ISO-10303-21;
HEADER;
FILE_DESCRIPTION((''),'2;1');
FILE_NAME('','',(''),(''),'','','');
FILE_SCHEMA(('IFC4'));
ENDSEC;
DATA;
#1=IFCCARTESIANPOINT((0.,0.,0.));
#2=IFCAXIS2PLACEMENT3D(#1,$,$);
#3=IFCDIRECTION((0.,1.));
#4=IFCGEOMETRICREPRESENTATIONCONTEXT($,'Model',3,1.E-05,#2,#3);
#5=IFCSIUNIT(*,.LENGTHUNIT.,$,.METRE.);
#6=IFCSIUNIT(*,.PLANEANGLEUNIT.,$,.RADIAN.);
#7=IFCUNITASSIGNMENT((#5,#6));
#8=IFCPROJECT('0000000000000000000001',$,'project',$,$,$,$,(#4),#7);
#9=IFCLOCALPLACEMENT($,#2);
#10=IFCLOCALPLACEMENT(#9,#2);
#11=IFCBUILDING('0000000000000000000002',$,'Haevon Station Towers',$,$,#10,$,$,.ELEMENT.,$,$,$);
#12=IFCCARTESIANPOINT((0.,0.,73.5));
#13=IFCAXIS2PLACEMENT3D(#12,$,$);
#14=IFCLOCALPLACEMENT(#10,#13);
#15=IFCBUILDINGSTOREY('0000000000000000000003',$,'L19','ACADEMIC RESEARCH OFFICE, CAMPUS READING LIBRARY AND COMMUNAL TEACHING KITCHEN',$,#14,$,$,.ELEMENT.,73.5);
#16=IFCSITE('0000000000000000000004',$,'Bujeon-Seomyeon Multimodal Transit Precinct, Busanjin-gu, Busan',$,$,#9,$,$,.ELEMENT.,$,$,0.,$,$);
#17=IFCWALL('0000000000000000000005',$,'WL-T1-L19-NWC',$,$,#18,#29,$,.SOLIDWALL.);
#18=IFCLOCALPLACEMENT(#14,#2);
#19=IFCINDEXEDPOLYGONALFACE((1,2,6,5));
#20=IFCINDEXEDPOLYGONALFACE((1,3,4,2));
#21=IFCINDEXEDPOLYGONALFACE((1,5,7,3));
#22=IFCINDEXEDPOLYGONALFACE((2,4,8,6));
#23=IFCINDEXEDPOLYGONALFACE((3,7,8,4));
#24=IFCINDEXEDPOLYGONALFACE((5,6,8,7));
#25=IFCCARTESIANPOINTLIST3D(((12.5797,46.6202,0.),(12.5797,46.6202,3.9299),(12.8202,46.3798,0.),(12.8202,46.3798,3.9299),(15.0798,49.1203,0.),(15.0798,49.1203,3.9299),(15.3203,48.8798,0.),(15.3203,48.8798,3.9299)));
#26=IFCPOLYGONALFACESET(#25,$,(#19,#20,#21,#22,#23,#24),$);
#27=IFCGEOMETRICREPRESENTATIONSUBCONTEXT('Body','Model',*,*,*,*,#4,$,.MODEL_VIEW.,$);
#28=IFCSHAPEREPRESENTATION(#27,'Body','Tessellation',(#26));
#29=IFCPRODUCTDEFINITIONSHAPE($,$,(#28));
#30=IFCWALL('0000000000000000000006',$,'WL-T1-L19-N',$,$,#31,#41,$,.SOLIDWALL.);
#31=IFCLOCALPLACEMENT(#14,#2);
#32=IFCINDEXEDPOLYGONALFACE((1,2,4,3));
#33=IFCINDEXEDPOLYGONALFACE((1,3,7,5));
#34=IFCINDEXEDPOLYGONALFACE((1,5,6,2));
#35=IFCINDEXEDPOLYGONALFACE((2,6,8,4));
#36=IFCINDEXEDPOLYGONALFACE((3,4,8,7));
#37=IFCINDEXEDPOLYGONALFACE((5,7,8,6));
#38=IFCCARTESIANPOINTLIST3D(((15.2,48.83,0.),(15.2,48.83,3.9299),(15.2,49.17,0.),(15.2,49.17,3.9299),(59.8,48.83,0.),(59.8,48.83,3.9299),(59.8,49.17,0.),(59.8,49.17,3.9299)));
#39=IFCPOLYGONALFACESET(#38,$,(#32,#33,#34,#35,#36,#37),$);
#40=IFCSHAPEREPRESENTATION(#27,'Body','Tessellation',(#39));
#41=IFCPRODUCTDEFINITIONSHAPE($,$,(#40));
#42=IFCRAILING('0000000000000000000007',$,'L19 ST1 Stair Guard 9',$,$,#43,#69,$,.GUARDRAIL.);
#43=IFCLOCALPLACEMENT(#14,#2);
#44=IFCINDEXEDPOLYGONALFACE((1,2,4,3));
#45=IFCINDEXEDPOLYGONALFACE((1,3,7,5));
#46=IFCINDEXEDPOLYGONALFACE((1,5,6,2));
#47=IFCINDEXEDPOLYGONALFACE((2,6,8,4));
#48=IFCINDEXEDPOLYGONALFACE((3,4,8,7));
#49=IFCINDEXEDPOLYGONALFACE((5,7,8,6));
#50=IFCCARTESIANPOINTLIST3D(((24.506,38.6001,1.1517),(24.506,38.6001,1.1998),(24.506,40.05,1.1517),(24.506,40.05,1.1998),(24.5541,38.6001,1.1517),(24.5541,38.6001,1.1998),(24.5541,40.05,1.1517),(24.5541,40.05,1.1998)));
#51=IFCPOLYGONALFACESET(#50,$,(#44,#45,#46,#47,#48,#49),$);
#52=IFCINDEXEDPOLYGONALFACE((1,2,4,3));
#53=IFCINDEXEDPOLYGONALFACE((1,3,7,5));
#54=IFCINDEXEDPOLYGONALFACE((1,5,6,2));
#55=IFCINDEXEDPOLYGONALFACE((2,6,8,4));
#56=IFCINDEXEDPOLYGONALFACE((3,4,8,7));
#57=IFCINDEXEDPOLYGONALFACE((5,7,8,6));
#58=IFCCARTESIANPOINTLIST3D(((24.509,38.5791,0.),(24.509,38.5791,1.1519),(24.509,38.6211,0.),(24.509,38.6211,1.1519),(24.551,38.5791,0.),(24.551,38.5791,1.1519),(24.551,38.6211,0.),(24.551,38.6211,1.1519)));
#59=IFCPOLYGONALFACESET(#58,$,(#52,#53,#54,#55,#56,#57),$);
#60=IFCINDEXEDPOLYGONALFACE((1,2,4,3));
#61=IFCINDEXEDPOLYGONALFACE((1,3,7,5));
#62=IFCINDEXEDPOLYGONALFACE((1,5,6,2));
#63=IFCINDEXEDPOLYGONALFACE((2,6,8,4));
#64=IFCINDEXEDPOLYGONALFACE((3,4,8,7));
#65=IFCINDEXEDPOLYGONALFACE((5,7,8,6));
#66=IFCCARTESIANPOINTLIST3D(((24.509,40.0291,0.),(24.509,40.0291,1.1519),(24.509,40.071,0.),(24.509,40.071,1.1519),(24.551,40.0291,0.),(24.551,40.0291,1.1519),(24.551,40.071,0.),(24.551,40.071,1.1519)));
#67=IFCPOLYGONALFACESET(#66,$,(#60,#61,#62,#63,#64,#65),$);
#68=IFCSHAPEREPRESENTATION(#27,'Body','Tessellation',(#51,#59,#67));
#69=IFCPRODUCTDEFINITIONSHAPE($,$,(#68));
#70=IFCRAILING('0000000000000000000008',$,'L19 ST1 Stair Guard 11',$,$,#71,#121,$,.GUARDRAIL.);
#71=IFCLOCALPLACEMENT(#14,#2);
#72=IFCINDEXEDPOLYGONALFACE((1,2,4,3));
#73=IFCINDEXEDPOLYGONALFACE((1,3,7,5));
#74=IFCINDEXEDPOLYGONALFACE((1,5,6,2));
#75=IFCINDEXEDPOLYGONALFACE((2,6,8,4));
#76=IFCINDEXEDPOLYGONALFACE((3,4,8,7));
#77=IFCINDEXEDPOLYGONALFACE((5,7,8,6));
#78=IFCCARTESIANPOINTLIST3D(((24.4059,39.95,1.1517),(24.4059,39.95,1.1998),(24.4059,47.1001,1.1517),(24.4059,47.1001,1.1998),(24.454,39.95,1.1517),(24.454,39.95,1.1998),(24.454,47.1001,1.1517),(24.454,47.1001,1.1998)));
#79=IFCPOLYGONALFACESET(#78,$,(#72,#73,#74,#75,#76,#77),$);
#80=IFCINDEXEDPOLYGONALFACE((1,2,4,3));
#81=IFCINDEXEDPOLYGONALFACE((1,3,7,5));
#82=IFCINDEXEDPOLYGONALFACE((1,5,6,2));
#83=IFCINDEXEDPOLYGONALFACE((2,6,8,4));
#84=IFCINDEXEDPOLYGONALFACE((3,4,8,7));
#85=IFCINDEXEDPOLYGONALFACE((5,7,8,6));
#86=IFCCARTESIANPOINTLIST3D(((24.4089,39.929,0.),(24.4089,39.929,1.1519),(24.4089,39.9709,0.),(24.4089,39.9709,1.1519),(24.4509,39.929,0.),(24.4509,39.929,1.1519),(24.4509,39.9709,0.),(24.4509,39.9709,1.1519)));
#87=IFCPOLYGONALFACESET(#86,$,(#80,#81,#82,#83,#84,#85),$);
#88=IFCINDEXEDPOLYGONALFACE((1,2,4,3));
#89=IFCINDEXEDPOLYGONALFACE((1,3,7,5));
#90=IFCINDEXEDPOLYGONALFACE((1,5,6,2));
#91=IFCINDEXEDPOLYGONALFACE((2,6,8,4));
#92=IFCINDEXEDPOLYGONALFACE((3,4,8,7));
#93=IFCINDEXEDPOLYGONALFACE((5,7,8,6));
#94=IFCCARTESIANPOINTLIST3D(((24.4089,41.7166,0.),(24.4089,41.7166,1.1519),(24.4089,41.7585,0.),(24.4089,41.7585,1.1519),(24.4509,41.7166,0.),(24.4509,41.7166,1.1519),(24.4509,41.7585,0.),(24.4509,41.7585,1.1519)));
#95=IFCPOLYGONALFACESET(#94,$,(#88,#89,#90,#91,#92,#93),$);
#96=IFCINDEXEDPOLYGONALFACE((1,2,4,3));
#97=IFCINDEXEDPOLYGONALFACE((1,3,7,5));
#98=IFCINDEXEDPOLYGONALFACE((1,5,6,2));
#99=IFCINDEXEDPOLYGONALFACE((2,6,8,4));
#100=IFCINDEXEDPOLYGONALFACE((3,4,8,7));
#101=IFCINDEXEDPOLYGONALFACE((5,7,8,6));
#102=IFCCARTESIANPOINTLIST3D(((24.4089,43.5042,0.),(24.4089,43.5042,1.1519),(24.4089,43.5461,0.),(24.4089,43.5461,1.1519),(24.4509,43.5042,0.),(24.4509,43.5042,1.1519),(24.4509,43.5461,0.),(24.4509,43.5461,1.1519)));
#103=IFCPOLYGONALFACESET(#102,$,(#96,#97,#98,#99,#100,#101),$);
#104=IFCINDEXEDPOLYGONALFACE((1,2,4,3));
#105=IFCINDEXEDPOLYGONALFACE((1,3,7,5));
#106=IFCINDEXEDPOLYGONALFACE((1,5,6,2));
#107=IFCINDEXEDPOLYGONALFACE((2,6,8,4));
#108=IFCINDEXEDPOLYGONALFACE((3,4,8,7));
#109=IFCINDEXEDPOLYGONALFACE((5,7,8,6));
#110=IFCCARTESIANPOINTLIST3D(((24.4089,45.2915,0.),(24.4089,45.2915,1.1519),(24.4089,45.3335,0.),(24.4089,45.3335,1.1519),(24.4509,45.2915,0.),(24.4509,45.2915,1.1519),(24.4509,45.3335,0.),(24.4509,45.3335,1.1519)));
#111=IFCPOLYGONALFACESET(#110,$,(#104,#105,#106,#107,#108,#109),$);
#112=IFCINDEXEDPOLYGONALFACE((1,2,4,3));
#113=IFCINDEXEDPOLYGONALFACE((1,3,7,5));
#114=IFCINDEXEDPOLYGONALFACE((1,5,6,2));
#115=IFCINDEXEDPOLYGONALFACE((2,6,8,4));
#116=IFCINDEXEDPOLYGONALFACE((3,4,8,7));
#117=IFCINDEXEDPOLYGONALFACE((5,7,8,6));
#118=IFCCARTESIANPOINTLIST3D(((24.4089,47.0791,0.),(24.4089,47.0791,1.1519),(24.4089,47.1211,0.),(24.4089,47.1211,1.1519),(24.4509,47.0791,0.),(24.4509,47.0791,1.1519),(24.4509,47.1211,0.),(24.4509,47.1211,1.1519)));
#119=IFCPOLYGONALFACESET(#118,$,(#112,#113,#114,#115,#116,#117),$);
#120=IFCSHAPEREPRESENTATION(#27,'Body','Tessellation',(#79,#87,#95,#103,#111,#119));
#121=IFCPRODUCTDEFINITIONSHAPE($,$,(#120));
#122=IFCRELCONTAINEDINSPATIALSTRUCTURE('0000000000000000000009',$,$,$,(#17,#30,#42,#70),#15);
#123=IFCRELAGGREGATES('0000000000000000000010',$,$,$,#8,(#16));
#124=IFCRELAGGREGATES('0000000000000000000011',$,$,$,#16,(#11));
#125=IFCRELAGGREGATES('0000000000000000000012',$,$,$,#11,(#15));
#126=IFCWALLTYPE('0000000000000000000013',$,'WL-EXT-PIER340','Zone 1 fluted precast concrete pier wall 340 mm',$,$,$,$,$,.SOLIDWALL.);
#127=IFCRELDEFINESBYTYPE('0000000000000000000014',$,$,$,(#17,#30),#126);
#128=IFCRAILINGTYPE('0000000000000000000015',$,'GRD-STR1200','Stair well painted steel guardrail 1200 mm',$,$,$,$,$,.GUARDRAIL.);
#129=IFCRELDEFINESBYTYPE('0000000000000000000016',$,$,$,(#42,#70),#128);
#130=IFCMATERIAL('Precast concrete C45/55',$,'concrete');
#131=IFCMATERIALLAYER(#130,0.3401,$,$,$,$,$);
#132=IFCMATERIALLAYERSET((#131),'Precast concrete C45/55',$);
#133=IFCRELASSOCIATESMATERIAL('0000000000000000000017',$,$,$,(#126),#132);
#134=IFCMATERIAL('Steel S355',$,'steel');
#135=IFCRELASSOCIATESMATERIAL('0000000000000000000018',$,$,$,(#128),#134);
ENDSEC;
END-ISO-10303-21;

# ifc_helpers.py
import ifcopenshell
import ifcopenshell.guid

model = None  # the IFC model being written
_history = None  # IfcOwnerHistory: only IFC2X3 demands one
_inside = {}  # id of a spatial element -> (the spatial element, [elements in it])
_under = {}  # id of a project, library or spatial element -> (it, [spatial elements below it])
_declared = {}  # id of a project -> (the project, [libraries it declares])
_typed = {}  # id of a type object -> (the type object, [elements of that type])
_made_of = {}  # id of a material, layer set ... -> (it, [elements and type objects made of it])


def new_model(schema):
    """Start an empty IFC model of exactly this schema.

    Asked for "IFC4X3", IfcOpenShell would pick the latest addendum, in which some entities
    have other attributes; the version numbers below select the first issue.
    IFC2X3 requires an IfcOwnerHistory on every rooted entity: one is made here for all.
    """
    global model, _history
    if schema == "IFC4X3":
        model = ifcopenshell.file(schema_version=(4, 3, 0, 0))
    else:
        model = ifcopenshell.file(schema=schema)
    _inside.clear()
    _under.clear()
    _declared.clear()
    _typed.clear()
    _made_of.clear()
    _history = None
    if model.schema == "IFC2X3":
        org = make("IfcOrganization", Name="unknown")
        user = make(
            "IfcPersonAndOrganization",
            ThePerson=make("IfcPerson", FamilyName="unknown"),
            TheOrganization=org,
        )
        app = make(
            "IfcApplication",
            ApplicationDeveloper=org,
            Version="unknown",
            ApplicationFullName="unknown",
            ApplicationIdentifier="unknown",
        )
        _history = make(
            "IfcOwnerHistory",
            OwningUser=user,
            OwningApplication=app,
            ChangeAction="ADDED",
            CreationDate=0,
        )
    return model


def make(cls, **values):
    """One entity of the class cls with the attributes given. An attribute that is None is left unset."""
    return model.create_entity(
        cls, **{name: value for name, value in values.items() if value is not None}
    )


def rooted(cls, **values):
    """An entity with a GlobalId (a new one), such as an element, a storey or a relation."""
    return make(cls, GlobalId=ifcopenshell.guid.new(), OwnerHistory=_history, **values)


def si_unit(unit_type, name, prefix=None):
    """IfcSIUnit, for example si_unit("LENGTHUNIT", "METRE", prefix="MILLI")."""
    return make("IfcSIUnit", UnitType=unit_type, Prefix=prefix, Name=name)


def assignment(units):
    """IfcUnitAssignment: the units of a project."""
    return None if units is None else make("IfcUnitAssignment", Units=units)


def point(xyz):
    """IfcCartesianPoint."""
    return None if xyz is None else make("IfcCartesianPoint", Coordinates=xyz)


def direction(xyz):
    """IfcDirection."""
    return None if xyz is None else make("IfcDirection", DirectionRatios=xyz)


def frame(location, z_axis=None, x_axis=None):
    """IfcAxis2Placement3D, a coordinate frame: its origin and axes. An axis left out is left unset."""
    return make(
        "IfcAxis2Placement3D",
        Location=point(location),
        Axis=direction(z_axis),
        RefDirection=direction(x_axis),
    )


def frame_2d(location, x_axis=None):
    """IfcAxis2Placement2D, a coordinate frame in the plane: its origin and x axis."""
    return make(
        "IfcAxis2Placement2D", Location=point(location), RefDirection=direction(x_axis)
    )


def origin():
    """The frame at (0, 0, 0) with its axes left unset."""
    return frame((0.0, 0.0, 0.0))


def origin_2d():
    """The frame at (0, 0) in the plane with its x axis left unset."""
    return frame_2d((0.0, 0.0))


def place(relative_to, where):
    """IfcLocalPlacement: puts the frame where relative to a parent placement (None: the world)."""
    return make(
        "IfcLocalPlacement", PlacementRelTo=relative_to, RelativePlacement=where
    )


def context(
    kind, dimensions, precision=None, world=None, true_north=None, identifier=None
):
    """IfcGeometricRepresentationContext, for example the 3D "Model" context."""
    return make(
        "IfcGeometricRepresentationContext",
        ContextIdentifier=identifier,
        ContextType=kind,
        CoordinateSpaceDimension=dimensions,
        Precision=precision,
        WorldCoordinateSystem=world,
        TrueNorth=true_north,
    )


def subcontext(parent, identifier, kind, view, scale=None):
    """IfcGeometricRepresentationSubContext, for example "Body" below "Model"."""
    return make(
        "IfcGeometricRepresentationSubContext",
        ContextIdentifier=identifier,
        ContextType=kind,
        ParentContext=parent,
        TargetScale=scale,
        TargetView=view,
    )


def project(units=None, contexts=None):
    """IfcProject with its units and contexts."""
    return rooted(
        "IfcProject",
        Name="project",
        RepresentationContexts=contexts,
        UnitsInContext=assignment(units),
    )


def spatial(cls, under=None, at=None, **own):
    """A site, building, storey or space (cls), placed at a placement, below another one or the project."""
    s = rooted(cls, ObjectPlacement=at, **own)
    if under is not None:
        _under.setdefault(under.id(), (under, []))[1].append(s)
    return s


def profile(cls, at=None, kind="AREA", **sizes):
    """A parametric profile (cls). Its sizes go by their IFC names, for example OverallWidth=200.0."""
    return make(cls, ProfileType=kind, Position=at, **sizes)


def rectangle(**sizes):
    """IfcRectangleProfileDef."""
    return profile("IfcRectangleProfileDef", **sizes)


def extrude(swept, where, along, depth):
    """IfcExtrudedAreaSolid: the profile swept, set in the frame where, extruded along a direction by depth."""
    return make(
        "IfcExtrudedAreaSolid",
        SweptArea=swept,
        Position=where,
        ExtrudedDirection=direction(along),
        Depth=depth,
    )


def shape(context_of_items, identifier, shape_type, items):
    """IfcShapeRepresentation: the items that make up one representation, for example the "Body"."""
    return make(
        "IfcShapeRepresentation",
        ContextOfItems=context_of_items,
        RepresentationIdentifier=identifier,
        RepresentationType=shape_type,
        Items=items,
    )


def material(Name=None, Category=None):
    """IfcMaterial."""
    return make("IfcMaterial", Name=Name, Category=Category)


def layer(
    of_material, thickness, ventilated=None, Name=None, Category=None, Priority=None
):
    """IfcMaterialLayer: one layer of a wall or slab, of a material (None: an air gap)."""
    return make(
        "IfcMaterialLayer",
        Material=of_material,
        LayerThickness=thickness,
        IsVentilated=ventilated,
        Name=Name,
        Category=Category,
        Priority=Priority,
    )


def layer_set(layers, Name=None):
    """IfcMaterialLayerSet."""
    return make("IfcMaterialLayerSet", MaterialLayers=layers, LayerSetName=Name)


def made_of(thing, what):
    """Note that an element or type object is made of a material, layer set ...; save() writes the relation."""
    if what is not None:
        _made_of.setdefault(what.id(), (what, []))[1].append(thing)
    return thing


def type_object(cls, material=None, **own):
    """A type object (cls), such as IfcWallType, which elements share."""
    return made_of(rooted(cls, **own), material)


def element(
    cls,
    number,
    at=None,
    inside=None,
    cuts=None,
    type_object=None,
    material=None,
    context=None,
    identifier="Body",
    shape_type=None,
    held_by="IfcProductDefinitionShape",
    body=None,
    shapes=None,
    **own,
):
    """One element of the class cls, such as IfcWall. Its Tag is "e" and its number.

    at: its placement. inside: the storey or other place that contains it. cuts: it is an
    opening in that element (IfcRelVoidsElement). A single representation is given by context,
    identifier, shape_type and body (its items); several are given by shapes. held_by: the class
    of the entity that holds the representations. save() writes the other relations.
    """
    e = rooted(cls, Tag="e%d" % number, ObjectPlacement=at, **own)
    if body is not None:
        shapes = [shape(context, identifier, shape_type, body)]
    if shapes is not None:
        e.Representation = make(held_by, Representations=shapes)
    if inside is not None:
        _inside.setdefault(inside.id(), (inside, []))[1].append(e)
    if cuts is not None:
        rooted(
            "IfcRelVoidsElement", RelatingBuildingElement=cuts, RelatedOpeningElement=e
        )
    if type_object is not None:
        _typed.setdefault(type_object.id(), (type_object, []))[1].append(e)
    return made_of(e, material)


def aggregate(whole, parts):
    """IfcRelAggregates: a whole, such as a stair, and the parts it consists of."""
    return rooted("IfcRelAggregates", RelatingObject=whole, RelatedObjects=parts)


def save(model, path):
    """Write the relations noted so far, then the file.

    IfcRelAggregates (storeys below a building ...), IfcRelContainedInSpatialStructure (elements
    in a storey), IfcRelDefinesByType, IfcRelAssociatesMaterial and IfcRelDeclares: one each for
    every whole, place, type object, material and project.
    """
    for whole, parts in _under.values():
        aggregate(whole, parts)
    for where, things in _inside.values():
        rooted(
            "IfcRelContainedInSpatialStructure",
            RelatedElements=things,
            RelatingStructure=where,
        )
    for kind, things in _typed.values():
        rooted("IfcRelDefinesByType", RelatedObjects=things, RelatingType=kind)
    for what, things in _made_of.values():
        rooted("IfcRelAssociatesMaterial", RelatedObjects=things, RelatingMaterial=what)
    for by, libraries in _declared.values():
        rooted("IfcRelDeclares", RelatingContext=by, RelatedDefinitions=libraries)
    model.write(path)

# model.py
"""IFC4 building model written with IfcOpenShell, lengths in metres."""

from ifc_helpers import new_model, si_unit, direction, frame, frame_2d, origin, origin_2d, place, context, subcontext, project, spatial, rectangle, extrude, material, layer, layer_set, type_object, element, save


model = new_model("IFC4")

# Units and contexts
model_context = context("Model", 3, precision=1e-05, world=origin(), true_north=direction((0.0, 1.0)))
body_context = subcontext(model_context, "Body", "Model", "MODEL_VIEW")
ifc_project = project(units=[si_unit("LENGTHUNIT", "METRE"), si_unit("PLANEANGLEUNIT", "RADIAN")], contexts=[model_context])

# Site, building, storey
site_placement = place(None, origin())
site = spatial("IfcSite", under=ifc_project, at=site_placement, Name="Bujeon-Seomyeon Multimodal Transit Precinct, Busanjin-gu, Busan", CompositionType="ELEMENT", RefElevation=0.0)
building_placement = place(site_placement, origin())
building = spatial("IfcBuilding", under=site, at=building_placement, Name="Haevon Station Towers", CompositionType="ELEMENT")
storey_placement = place(building_placement, frame((0.0, 0.0, 73.5)))
storey = spatial("IfcBuildingStorey", under=building, at=storey_placement, Name="L19", Description="ACADEMIC RESEARCH OFFICE, CAMPUS READING LIBRARY AND COMMUNAL TEACHING KITCHEN", CompositionType="ELEMENT", Elevation=73.5)

# Shared definitions
ifc_material_1 = material(Name="Steel S355", Category="steel")

# Walls
ifc_material_2 = material(Name="Precast concrete C45/55", Category="concrete")
ifc_layer_1 = layer(ifc_material_2, 0.3401)
ifc_layer_set_1 = layer_set([ifc_layer_1], Name="Precast concrete C45/55")
wall_type_1 = type_object("IfcWallType", Name="WL-EXT-PIER340", Description="Zone 1 fluted precast concrete pier wall 340 mm", PredefinedType="SOLIDWALL", material=ifc_layer_set_1)
wall_1_placement = place(storey_placement, frame((12.7, 46.5, 0.0), z_axis=(0.0, 0.0, 1.0), x_axis=(0.707107, 0.707107, 0.0)))
element("IfcWall", 1, at=wall_1_placement, inside=storey, type_object=wall_type_1, Name="WL-T1-L19-NWC", PredefinedType="SOLIDWALL", context=body_context, shape_type="SweptSolid", body=[
    extrude(rectangle(XDim=3.5356, YDim=0.3401, at=frame_2d((1.7678, 0.0))), origin(), (0.0, 0.0, 1.0), 3.9299),
])
wall_2_placement = place(storey_placement, frame((15.2, 49.0, 0.0), z_axis=(0.0, 0.0, 1.0), x_axis=(1.0, 0.0, 0.0)))
element("IfcWall", 2, at=wall_2_placement, inside=storey, type_object=wall_type_1, Name="WL-T1-L19-N", PredefinedType="SOLIDWALL", context=body_context, shape_type="SweptSolid", body=[
    extrude(rectangle(XDim=44.6001, YDim=0.3401, at=frame_2d((22.3, 0.0))), origin(), (0.0, 0.0, 1.0), 3.9299),
])

# Railings
railing_type = type_object("IfcRailingType", Name="GRD-STR1200", Description="Stair well painted steel guardrail 1200 mm", PredefinedType="GUARDRAIL", material=ifc_material_1)
railing_1_placement = place(storey_placement, frame((24.53, 38.6001, 0.0)))
element("IfcRailing", 3, at=railing_1_placement, inside=storey, type_object=railing_type, Name="L19 ST1 Stair Guard 9", PredefinedType="GUARDRAIL", context=body_context, shape_type="SweptSolid", body=[
    extrude(rectangle(XDim=0.0481, YDim=0.0481, at=origin_2d()), frame((0.0, 0.0, 1.1758), z_axis=(0.0, 1.0, 0.0), x_axis=(-1.0, 0.0, 0.0)), (0.0, 0.0, 1.0), 1.45),
    extrude(rectangle(XDim=0.042, YDim=0.042, at=origin_2d()), origin(), (0.0, 0.0, 1.0), 1.1519),
    extrude(rectangle(XDim=0.042, YDim=0.042, at=origin_2d()), frame((0.0, 1.45, 0.0)), (0.0, 0.0, 1.0), 1.1519),
])
railing_2_placement = place(storey_placement, frame((24.4299, 39.95, 0.0)))
element("IfcRailing", 4, at=railing_2_placement, inside=storey, type_object=railing_type, Name="L19 ST1 Stair Guard 11", PredefinedType="GUARDRAIL", context=body_context, shape_type="SweptSolid", body=[
    extrude(rectangle(XDim=0.0481, YDim=0.0481, at=origin_2d()), frame((0.0, 0.0, 1.1758), z_axis=(0.0, 1.0, 0.0), x_axis=(-1.0, 0.0, 0.0)), (0.0, 0.0, 1.0), 7.1501),
    extrude(rectangle(XDim=0.042, YDim=0.042, at=origin_2d()), origin(), (0.0, 0.0, 1.0), 1.1519),
    extrude(rectangle(XDim=0.042, YDim=0.042, at=origin_2d()), frame((0.0, 1.7876, 0.0)), (0.0, 0.0, 1.0), 1.1519),
    extrude(rectangle(XDim=0.042, YDim=0.042, at=origin_2d()), frame((0.0, 3.5752, 0.0)), (0.0, 0.0, 1.0), 1.1519),
    extrude(rectangle(XDim=0.042, YDim=0.042, at=origin_2d()), frame((0.0, 5.3625, 0.0)), (0.0, 0.0, 1.0), 1.1519),
    extrude(rectangle(XDim=0.042, YDim=0.042, at=origin_2d()), frame((0.0, 7.1501, 0.0)), (0.0, 0.0, 1.0), 1.1519),
])

save(model, "model.ifc")
